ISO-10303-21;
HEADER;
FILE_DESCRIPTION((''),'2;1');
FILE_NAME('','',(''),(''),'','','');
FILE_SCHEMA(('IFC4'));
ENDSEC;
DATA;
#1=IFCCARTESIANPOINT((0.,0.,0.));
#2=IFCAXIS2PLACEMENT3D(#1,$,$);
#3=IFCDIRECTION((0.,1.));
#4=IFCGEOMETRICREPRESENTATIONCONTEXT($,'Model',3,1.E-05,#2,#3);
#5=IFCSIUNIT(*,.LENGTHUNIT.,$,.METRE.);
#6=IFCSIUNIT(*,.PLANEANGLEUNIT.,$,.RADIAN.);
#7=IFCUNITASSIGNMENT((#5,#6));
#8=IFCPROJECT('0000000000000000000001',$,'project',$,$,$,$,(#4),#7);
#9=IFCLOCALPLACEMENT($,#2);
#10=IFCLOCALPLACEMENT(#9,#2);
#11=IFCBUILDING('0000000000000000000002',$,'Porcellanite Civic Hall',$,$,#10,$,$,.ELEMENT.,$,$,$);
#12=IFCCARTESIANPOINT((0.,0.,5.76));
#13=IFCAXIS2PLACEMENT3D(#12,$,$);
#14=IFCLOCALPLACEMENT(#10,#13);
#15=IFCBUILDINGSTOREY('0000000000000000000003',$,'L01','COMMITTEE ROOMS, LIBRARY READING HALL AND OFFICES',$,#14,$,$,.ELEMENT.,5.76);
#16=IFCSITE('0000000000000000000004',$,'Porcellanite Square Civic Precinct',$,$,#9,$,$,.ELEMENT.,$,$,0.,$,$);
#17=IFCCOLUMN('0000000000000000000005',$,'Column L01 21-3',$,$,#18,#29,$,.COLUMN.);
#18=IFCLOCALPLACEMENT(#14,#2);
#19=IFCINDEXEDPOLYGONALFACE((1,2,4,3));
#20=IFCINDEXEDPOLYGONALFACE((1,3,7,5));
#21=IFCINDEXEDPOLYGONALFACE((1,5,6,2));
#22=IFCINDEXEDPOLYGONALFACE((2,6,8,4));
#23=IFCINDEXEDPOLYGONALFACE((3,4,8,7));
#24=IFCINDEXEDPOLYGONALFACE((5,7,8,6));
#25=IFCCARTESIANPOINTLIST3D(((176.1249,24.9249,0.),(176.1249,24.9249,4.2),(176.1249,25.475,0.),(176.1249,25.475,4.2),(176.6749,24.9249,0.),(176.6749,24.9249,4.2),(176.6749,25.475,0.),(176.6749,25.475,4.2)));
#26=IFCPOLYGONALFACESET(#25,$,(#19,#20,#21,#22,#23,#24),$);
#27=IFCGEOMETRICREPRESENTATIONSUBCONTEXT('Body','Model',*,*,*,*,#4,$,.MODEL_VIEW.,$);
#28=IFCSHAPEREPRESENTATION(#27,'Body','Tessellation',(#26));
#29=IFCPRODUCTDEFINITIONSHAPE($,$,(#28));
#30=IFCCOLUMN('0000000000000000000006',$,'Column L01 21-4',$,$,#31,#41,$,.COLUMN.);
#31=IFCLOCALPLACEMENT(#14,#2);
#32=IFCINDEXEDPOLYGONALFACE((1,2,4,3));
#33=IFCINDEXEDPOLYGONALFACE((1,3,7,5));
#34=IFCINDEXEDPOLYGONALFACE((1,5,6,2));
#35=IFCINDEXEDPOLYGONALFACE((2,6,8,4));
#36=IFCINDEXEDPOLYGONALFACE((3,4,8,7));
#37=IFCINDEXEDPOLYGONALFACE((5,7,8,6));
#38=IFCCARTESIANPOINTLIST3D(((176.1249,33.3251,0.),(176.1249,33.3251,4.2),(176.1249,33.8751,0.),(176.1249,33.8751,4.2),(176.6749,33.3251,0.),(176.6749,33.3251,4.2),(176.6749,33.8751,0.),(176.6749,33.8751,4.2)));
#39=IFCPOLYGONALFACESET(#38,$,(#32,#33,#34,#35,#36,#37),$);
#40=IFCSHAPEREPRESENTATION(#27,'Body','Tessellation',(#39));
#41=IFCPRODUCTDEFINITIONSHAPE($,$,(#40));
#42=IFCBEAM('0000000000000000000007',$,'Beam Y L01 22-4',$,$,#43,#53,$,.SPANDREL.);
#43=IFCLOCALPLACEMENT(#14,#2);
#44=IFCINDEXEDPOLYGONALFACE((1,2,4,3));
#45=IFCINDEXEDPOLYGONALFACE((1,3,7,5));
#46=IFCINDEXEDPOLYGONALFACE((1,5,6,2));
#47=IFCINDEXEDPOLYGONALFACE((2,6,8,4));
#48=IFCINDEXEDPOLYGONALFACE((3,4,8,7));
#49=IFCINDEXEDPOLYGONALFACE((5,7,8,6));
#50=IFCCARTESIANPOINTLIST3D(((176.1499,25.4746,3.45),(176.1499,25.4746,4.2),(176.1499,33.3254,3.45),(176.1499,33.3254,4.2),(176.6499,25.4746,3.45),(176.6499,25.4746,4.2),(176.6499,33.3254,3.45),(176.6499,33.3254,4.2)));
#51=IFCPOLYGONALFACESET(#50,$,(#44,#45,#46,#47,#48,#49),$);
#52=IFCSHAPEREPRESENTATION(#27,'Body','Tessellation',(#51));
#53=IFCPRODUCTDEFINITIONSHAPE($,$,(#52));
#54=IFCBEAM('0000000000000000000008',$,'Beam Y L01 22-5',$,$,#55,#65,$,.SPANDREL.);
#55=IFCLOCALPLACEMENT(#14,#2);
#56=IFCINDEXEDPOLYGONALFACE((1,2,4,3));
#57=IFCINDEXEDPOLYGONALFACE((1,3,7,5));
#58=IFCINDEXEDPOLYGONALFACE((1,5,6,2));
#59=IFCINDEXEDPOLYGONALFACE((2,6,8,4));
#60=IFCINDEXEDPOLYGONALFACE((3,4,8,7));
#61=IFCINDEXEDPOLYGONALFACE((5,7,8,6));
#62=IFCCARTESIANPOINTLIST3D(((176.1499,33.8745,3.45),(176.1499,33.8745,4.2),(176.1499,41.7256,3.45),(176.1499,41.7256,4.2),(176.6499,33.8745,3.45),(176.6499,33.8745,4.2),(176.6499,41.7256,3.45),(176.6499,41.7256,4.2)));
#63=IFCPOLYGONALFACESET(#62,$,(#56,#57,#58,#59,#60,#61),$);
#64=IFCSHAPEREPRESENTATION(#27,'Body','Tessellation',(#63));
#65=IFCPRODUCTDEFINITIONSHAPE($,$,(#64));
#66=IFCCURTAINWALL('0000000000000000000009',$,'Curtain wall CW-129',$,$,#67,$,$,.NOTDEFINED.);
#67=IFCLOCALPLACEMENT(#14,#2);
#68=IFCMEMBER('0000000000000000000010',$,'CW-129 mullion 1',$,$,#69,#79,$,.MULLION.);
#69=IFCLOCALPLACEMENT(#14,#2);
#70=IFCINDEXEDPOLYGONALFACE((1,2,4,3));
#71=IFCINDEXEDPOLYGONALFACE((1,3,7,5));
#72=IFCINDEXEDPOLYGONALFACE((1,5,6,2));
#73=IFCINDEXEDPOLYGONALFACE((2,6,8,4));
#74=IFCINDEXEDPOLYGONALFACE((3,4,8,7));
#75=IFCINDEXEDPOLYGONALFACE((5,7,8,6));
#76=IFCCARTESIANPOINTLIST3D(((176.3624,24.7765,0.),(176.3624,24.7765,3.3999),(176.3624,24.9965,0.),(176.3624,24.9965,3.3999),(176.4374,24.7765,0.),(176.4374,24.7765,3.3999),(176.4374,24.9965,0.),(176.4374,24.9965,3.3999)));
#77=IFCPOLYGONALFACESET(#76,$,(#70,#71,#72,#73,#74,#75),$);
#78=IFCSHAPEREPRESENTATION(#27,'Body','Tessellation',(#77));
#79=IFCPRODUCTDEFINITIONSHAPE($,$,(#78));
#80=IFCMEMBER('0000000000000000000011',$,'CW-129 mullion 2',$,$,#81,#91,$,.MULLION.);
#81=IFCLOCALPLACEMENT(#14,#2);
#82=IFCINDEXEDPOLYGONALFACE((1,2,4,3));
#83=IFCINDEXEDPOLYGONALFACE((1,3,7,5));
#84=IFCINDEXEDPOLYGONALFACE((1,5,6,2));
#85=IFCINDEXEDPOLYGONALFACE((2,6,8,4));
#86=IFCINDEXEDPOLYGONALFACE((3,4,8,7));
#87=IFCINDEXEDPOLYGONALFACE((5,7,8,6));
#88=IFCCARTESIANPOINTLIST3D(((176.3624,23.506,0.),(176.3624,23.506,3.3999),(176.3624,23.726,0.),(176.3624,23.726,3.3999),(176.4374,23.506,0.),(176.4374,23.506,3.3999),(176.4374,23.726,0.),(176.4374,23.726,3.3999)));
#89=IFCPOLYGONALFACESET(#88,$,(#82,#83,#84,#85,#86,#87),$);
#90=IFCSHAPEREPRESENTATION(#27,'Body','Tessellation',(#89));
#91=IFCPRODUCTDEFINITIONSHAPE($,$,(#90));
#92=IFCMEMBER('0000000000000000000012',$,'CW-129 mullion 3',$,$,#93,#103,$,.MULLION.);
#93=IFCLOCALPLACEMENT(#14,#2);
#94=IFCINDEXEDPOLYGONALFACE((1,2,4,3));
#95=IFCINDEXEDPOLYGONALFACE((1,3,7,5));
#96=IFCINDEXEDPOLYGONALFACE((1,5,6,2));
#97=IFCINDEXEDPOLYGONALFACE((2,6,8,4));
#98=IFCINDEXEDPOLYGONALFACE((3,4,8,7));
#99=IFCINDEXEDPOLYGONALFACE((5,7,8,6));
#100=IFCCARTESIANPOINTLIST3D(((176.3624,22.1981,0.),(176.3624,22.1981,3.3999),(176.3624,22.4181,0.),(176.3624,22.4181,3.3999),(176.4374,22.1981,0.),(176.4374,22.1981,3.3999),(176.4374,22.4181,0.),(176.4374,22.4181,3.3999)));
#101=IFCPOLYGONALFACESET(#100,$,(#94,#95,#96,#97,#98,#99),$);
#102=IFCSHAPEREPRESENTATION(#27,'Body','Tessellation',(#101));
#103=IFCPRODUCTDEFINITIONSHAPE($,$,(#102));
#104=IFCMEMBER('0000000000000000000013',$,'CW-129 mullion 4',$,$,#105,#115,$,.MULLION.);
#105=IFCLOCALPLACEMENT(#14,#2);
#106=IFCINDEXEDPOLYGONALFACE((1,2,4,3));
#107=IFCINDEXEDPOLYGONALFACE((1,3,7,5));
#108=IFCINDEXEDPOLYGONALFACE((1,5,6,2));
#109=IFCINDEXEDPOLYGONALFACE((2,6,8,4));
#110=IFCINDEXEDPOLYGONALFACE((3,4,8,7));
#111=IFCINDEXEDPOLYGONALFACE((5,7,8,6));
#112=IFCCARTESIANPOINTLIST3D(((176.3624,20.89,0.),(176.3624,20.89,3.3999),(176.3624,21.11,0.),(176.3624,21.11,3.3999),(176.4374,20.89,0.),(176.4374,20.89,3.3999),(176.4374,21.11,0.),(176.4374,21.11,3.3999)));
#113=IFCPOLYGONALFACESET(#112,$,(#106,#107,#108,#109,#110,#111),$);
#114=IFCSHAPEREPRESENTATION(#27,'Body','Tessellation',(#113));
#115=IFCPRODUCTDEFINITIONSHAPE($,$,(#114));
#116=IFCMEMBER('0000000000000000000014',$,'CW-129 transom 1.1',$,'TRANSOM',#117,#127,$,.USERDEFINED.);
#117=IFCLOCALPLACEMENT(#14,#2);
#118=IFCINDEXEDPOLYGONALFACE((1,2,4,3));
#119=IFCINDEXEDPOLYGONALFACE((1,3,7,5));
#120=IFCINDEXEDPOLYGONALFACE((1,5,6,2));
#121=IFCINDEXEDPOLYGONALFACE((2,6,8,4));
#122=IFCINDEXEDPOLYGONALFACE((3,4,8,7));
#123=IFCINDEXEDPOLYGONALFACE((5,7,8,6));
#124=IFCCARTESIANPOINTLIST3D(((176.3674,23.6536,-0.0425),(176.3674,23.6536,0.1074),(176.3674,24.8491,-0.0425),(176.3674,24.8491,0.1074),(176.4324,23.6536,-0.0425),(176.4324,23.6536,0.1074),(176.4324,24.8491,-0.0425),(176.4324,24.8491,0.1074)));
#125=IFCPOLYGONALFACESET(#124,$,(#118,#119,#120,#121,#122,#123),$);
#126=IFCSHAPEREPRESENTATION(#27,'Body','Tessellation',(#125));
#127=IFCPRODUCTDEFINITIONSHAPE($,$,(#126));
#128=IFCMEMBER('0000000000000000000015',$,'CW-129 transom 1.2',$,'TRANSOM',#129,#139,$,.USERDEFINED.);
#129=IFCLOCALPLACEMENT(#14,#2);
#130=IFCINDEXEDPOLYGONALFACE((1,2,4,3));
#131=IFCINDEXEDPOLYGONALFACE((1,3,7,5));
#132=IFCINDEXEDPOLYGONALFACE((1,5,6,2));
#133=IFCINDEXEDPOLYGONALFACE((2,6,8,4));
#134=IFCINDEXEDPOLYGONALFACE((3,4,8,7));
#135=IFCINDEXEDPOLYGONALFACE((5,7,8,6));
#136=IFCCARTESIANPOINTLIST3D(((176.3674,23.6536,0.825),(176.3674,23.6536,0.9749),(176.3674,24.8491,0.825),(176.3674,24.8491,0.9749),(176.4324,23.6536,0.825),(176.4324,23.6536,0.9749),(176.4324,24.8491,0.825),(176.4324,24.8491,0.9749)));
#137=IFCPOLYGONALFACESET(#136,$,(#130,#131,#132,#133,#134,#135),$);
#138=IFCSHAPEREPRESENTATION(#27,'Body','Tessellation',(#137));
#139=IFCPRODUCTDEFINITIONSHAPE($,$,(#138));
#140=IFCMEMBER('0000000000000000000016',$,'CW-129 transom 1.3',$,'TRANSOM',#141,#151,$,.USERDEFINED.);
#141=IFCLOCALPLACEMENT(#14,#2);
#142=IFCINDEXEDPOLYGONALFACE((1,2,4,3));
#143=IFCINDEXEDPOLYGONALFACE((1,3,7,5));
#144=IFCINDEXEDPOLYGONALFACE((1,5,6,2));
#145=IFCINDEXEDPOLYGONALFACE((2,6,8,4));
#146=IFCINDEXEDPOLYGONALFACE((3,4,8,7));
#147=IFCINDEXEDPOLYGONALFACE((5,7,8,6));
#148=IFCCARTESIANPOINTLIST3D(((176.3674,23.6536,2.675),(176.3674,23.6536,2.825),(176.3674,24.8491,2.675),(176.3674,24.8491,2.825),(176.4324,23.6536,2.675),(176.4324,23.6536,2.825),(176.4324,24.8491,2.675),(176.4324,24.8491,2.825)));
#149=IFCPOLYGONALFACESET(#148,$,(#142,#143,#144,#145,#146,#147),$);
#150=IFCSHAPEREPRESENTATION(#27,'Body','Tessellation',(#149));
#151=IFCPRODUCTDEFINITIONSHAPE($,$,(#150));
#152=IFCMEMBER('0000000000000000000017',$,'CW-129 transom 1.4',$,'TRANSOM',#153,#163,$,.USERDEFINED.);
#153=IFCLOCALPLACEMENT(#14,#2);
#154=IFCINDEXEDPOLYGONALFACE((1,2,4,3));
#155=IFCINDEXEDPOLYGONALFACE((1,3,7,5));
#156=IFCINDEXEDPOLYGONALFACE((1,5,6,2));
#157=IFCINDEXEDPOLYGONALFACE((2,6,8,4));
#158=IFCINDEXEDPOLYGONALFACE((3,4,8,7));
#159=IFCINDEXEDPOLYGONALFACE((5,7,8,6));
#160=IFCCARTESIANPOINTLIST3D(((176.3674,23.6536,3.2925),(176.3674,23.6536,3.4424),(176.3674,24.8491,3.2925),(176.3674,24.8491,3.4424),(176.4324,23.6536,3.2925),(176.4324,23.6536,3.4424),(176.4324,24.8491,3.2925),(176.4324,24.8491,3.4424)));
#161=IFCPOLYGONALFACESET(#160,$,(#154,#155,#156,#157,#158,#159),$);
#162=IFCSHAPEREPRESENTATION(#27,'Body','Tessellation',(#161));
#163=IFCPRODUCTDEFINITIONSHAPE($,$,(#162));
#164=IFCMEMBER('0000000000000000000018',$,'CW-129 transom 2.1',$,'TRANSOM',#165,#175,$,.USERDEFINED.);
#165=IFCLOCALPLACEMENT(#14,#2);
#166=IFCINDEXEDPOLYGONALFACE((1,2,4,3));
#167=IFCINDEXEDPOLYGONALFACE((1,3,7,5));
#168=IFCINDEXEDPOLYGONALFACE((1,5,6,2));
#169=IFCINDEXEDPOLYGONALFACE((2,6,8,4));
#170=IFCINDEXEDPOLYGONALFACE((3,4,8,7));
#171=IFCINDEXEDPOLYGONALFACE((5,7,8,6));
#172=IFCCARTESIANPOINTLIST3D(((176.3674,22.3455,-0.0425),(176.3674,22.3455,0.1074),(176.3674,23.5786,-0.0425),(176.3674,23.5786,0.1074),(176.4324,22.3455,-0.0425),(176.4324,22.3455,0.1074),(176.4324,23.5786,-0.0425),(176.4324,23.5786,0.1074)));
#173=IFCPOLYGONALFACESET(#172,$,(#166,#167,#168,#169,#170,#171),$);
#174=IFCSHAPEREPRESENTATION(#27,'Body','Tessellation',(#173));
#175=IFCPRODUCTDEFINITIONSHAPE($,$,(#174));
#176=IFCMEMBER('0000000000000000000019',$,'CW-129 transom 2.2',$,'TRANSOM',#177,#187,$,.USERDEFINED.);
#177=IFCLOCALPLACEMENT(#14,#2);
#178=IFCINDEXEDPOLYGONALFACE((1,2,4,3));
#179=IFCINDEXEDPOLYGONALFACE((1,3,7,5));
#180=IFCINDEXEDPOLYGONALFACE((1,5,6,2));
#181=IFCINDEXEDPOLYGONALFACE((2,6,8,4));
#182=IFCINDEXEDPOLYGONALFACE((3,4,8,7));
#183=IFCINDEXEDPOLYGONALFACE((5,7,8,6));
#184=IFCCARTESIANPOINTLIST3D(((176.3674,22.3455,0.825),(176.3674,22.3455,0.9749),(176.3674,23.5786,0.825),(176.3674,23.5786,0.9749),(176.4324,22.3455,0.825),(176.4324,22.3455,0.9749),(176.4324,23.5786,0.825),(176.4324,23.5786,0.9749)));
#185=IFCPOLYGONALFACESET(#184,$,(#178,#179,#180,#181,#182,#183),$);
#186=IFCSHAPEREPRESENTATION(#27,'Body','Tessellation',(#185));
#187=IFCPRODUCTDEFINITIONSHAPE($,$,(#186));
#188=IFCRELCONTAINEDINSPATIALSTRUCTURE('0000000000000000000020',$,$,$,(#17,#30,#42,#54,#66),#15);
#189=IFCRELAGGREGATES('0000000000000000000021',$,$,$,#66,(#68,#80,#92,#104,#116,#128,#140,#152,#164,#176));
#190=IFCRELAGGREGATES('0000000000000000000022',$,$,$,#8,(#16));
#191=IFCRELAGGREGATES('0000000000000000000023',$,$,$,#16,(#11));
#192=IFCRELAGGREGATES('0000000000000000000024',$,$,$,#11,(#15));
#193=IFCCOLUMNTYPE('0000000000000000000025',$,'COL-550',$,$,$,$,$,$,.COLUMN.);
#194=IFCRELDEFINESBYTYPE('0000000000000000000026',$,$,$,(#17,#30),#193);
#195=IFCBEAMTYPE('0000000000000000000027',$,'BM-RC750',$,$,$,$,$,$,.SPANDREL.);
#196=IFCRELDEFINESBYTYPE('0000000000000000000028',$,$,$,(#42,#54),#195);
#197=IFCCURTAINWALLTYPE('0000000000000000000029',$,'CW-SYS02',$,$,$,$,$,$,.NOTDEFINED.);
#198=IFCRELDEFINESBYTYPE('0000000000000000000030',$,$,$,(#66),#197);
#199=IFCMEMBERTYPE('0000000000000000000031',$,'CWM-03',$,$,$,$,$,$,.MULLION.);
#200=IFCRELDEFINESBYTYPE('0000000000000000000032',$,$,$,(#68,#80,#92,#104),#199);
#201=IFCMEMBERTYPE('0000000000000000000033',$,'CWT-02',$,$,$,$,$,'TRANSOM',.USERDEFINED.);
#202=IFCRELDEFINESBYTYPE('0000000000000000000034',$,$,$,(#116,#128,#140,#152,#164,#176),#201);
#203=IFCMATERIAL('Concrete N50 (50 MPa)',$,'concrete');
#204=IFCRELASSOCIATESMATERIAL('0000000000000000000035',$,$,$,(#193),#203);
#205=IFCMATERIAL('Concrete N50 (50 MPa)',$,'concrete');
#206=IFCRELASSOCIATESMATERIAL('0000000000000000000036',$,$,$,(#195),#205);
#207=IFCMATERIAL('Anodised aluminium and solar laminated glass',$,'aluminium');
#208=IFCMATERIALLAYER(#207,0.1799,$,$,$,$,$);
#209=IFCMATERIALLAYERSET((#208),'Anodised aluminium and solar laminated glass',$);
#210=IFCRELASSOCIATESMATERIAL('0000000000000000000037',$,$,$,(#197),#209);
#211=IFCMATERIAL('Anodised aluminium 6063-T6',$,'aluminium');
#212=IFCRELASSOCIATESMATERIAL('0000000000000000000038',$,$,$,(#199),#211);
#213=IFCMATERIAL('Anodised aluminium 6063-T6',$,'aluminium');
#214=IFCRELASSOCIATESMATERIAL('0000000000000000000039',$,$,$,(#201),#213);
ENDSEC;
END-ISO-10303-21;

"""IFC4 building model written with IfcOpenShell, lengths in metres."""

from ifc_helpers import new_model, si_unit, direction, frame, origin, origin_2d, place, context, subcontext, project, spatial, rectangle, extrude, material, layer, layer_set, material_profile, profile_set, type_object, element, aggregate, save


model = new_model("IFC4")

# Units and contexts
model_context = context("Model", 3, precision=1e-05, world=origin(), true_north=direction((0.0, 1.0)))
body_context = subcontext(model_context, "Body", "Model", "MODEL_VIEW")
ifc_project = project(units=[si_unit("LENGTHUNIT", "METRE"), si_unit("PLANEANGLEUNIT", "RADIAN")], contexts=[model_context])

# Site, building, storey
site_placement = place(None, origin())
site = spatial("IfcSite", under=ifc_project, at=site_placement, Name="Porcellanite Square Civic Precinct", CompositionType="ELEMENT", RefElevation=0.0)
building_placement = place(site_placement, origin())
building = spatial("IfcBuilding", under=site, at=building_placement, Name="Porcellanite Civic Hall", CompositionType="ELEMENT")
storey_placement = place(building_placement, frame((0.0, 0.0, 5.76)))
storey = spatial("IfcBuildingStorey", under=building, at=storey_placement, Name="L01", Description="COMMITTEE ROOMS, LIBRARY READING HALL AND OFFICES", CompositionType="ELEMENT", Elevation=5.76)

# Columns
ifc_material_1 = material(Name="Concrete N50 (50 MPa)", Category="concrete")
ifc_material_profile_1 = material_profile(ifc_material_1, rectangle(XDim=0.55, YDim=0.55, at=origin_2d()), Name="RC-550x550")
ifc_profile_set_1 = profile_set([ifc_material_profile_1], Name="Concrete N50 (50 MPa)")
column_type = type_object("IfcColumnType", Name="COL-550", PredefinedType="COLUMN", material=ifc_profile_set_1)
for number, where, z_axis, x_axis, name in (
    (1, (176.3999, 25.2, 0.0), (0.0, 0.0, 1.0), (1.0, 0.0, 0.0), "Column L01 21-3"),
    (2, (176.3999, 33.6001, 0.0), (0.0, 0.0, 1.0), (1.0, 0.0, 0.0), "Column L01 21-4"),
):
    element("IfcColumn", number, at=place(storey_placement, frame(where, z_axis=z_axis, x_axis=x_axis)), inside=storey, type_object=column_type, Name=name, PredefinedType="COLUMN", context=body_context, shape_type="SweptSolid", body=[
        extrude(rectangle(XDim=0.55, YDim=0.55, at=origin_2d()), origin(), (0.0, 0.0, 1.0), 4.2),
    ])

# Beams
ifc_material_2 = material(Name="Concrete N50 (50 MPa)", Category="concrete")
ifc_material_profile_2 = material_profile(ifc_material_2, rectangle(XDim=0.5, YDim=0.75, at=origin_2d()), Name="RC-500x750")
ifc_profile_set_2 = profile_set([ifc_material_profile_2], Name="Concrete N50 (50 MPa)")
beam_type = type_object("IfcBeamType", Name="BM-RC750", PredefinedType="SPANDREL", material=ifc_profile_set_2)
beam_1_placement = place(storey_placement, frame((176.3999, 25.4746, 3.825), z_axis=(0.0, 1.0, 0.0), x_axis=(-1.0, 0.0, 0.0)))
element("IfcBeam", 3, at=beam_1_placement, inside=storey, type_object=beam_type, Name="Beam Y L01 22-4", PredefinedType="SPANDREL", context=body_context, shape_type="SweptSolid", body=[
    extrude(rectangle(XDim=0.5, YDim=0.75, at=origin_2d()), origin(), (0.0, 0.0, 1.0), 7.8508),
])
beam_2_placement = place(storey_placement, frame((176.3999, 33.8745, 3.825), z_axis=(0.0, 1.0, 0.0), x_axis=(-1.0, 0.0, 0.0)))
element("IfcBeam", 4, at=beam_2_placement, inside=storey, type_object=beam_type, Name="Beam Y L01 22-5", PredefinedType="SPANDREL", context=body_context, shape_type="SweptSolid", body=[
    extrude(rectangle(XDim=0.5, YDim=0.75, at=origin_2d()), origin(), (0.0, 0.0, 1.0), 7.8511),
])

# Curtain wall, members
ifc_material_3 = material(Name="Anodised aluminium and solar laminated glass", Category="aluminium")
ifc_layer_1 = layer(ifc_material_3, 0.1799)
ifc_layer_set_1 = layer_set([ifc_layer_1], Name="Anodised aluminium and solar laminated glass")
curtain_wall_type = type_object("IfcCurtainWallType", Name="CW-SYS02", PredefinedType="NOTDEFINED", material=ifc_layer_set_1)
curtain_wall_placement = place(storey_placement, origin())
curtain_wall = element("IfcCurtainWall", 5, at=curtain_wall_placement, inside=storey, type_object=curtain_wall_type, Name="Curtain wall CW-129", PredefinedType="NOTDEFINED")
ifc_material_4 = material(Name="Anodised aluminium 6063-T6", Category="aluminium")
ifc_material_profile_3 = material_profile(ifc_material_4, rectangle(XDim=0.075, YDim=0.22, at=origin_2d()), Name="AL-75x220")
ifc_profile_set_3 = profile_set([ifc_material_profile_3], Name="Anodised aluminium 6063-T6")
member_type_1 = type_object("IfcMemberType", Name="CWM-03", PredefinedType="MULLION", material=ifc_profile_set_3)
member_1_placement = place(storey_placement, frame((176.3999, 24.8865, 0.0), z_axis=(0.0, 0.0, 1.0), x_axis=(1.0, 0.0, 0.0)))
member_1 = element("IfcMember", 6, at=member_1_placement, type_object=member_type_1, Name="CW-129 mullion 1", PredefinedType="MULLION", context=body_context, shape_type="SweptSolid", body=[
    extrude(rectangle(XDim=0.075, YDim=0.22, at=origin_2d()), origin(), (0.0, 0.0, 1.0), 3.3999),
])
member_2_placement = place(storey_placement, frame((176.3999, 23.616, 0.0), z_axis=(0.0, 0.0, 1.0), x_axis=(1.0, 0.0, 0.0)))
member_2 = element("IfcMember", 7, at=member_2_placement, type_object=member_type_1, Name="CW-129 mullion 2", PredefinedType="MULLION", context=body_context, shape_type="SweptSolid", body=[
    extrude(rectangle(XDim=0.075, YDim=0.22, at=origin_2d()), origin(), (0.0, 0.0, 1.0), 3.3999),
])
member_3_placement = place(storey_placement, frame((176.3999, 22.3081, 0.0), z_axis=(0.0, 0.0, 1.0), x_axis=(1.0, 0.0, 0.0)))
member_3 = element("IfcMember", 8, at=member_3_placement, type_object=member_type_1, Name="CW-129 mullion 3", PredefinedType="MULLION", context=body_context, shape_type="SweptSolid", body=[
    extrude(rectangle(XDim=0.075, YDim=0.22, at=origin_2d()), origin(), (0.0, 0.0, 1.0), 3.3999),
])
member_4_placement = place(storey_placement, frame((176.3999, 21.0, 0.0), z_axis=(0.0, 0.0, 1.0), x_axis=(1.0, 0.0, 0.0)))
member_4 = element("IfcMember", 9, at=member_4_placement, type_object=member_type_1, Name="CW-129 mullion 4", PredefinedType="MULLION", context=body_context, shape_type="SweptSolid", body=[
    extrude(rectangle(XDim=0.075, YDim=0.22, at=origin_2d()), origin(), (0.0, 0.0, 1.0), 3.3999),
])
ifc_material_5 = material(Name="Anodised aluminium 6063-T6", Category="aluminium")
ifc_material_profile_4 = material_profile(ifc_material_5, rectangle(XDim=0.0649, YDim=0.1499, at=origin_2d()), Name="AL-65x150")
ifc_profile_set_4 = profile_set([ifc_material_profile_4], Name="Anodised aluminium 6063-T6")
member_type_2 = type_object("IfcMemberType", Name="CWT-02", ElementType="TRANSOM", PredefinedType="USERDEFINED", material=ifc_profile_set_4)
member_5_placement = place(storey_placement, frame((176.3999, 24.8491, 0.0325), z_axis=(0.0, -1.0, 0.0), x_axis=(1.0, 0.0, 0.0)))
member_5 = element("IfcMember", 10, at=member_5_placement, type_object=member_type_2, Name="CW-129 transom 1.1", ObjectType="TRANSOM", PredefinedType="USERDEFINED", context=body_context, shape_type="SweptSolid", body=[
    extrude(rectangle(XDim=0.0649, YDim=0.1499, at=origin_2d()), origin(), (0.0, 0.0, 1.0), 1.1956),
])
member_6_placement = place(storey_placement, frame((176.3999, 24.8491, 0.8999), z_axis=(0.0, -1.0, 0.0), x_axis=(1.0, 0.0, 0.0)))
member_6 = element("IfcMember", 11, at=member_6_placement, type_object=member_type_2, Name="CW-129 transom 1.2", ObjectType="TRANSOM", PredefinedType="USERDEFINED", context=body_context, shape_type="SweptSolid", body=[
    extrude(rectangle(XDim=0.0649, YDim=0.1499, at=origin_2d()), origin(), (0.0, 0.0, 1.0), 1.1956),
])
member_7_placement = place(storey_placement, frame((176.3999, 24.8491, 2.75), z_axis=(0.0, -1.0, 0.0), x_axis=(1.0, 0.0, 0.0)))
member_7 = element("IfcMember", 12, at=member_7_placement, type_object=member_type_2, Name="CW-129 transom 1.3", ObjectType="TRANSOM", PredefinedType="USERDEFINED", context=body_context, shape_type="SweptSolid", body=[
    extrude(rectangle(XDim=0.0649, YDim=0.1499, at=origin_2d()), origin(), (0.0, 0.0, 1.0), 1.1956),
])
member_8_placement = place(storey_placement, frame((176.3999, 24.8491, 3.3674), z_axis=(0.0, -1.0, 0.0), x_axis=(1.0, 0.0, 0.0)))
member_8 = element("IfcMember", 13, at=member_8_placement, type_object=member_type_2, Name="CW-129 transom 1.4", ObjectType="TRANSOM", PredefinedType="USERDEFINED", context=body_context, shape_type="SweptSolid", body=[
    extrude(rectangle(XDim=0.0649, YDim=0.1499, at=origin_2d()), origin(), (0.0, 0.0, 1.0), 1.1956),
])
member_9_placement = place(storey_placement, frame((176.3999, 23.5786, 0.0325), z_axis=(0.0, -1.0, 0.0), x_axis=(1.0, 0.0, 0.0)))
member_9 = element("IfcMember", 14, at=member_9_placement, type_object=member_type_2, Name="CW-129 transom 2.1", ObjectType="TRANSOM", PredefinedType="USERDEFINED", context=body_context, shape_type="SweptSolid", body=[
    extrude(rectangle(XDim=0.0649, YDim=0.1499, at=origin_2d()), origin(), (0.0, 0.0, 1.0), 1.2332),
])
member_10_placement = place(storey_placement, frame((176.3999, 23.5786, 0.8999), z_axis=(0.0, -1.0, 0.0), x_axis=(1.0, 0.0, 0.0)))
member_10 = element("IfcMember", 15, at=member_10_placement, type_object=member_type_2, Name="CW-129 transom 2.2", ObjectType="TRANSOM", PredefinedType="USERDEFINED", context=body_context, shape_type="SweptSolid", body=[
    extrude(rectangle(XDim=0.0649, YDim=0.1499, at=origin_2d()), origin(), (0.0, 0.0, 1.0), 1.2332),
])

aggregate(curtain_wall, [member_1, member_2, member_3, member_4, member_5, member_6, member_7, member_8, member_9, member_10])

save(model, "model.ifc")
